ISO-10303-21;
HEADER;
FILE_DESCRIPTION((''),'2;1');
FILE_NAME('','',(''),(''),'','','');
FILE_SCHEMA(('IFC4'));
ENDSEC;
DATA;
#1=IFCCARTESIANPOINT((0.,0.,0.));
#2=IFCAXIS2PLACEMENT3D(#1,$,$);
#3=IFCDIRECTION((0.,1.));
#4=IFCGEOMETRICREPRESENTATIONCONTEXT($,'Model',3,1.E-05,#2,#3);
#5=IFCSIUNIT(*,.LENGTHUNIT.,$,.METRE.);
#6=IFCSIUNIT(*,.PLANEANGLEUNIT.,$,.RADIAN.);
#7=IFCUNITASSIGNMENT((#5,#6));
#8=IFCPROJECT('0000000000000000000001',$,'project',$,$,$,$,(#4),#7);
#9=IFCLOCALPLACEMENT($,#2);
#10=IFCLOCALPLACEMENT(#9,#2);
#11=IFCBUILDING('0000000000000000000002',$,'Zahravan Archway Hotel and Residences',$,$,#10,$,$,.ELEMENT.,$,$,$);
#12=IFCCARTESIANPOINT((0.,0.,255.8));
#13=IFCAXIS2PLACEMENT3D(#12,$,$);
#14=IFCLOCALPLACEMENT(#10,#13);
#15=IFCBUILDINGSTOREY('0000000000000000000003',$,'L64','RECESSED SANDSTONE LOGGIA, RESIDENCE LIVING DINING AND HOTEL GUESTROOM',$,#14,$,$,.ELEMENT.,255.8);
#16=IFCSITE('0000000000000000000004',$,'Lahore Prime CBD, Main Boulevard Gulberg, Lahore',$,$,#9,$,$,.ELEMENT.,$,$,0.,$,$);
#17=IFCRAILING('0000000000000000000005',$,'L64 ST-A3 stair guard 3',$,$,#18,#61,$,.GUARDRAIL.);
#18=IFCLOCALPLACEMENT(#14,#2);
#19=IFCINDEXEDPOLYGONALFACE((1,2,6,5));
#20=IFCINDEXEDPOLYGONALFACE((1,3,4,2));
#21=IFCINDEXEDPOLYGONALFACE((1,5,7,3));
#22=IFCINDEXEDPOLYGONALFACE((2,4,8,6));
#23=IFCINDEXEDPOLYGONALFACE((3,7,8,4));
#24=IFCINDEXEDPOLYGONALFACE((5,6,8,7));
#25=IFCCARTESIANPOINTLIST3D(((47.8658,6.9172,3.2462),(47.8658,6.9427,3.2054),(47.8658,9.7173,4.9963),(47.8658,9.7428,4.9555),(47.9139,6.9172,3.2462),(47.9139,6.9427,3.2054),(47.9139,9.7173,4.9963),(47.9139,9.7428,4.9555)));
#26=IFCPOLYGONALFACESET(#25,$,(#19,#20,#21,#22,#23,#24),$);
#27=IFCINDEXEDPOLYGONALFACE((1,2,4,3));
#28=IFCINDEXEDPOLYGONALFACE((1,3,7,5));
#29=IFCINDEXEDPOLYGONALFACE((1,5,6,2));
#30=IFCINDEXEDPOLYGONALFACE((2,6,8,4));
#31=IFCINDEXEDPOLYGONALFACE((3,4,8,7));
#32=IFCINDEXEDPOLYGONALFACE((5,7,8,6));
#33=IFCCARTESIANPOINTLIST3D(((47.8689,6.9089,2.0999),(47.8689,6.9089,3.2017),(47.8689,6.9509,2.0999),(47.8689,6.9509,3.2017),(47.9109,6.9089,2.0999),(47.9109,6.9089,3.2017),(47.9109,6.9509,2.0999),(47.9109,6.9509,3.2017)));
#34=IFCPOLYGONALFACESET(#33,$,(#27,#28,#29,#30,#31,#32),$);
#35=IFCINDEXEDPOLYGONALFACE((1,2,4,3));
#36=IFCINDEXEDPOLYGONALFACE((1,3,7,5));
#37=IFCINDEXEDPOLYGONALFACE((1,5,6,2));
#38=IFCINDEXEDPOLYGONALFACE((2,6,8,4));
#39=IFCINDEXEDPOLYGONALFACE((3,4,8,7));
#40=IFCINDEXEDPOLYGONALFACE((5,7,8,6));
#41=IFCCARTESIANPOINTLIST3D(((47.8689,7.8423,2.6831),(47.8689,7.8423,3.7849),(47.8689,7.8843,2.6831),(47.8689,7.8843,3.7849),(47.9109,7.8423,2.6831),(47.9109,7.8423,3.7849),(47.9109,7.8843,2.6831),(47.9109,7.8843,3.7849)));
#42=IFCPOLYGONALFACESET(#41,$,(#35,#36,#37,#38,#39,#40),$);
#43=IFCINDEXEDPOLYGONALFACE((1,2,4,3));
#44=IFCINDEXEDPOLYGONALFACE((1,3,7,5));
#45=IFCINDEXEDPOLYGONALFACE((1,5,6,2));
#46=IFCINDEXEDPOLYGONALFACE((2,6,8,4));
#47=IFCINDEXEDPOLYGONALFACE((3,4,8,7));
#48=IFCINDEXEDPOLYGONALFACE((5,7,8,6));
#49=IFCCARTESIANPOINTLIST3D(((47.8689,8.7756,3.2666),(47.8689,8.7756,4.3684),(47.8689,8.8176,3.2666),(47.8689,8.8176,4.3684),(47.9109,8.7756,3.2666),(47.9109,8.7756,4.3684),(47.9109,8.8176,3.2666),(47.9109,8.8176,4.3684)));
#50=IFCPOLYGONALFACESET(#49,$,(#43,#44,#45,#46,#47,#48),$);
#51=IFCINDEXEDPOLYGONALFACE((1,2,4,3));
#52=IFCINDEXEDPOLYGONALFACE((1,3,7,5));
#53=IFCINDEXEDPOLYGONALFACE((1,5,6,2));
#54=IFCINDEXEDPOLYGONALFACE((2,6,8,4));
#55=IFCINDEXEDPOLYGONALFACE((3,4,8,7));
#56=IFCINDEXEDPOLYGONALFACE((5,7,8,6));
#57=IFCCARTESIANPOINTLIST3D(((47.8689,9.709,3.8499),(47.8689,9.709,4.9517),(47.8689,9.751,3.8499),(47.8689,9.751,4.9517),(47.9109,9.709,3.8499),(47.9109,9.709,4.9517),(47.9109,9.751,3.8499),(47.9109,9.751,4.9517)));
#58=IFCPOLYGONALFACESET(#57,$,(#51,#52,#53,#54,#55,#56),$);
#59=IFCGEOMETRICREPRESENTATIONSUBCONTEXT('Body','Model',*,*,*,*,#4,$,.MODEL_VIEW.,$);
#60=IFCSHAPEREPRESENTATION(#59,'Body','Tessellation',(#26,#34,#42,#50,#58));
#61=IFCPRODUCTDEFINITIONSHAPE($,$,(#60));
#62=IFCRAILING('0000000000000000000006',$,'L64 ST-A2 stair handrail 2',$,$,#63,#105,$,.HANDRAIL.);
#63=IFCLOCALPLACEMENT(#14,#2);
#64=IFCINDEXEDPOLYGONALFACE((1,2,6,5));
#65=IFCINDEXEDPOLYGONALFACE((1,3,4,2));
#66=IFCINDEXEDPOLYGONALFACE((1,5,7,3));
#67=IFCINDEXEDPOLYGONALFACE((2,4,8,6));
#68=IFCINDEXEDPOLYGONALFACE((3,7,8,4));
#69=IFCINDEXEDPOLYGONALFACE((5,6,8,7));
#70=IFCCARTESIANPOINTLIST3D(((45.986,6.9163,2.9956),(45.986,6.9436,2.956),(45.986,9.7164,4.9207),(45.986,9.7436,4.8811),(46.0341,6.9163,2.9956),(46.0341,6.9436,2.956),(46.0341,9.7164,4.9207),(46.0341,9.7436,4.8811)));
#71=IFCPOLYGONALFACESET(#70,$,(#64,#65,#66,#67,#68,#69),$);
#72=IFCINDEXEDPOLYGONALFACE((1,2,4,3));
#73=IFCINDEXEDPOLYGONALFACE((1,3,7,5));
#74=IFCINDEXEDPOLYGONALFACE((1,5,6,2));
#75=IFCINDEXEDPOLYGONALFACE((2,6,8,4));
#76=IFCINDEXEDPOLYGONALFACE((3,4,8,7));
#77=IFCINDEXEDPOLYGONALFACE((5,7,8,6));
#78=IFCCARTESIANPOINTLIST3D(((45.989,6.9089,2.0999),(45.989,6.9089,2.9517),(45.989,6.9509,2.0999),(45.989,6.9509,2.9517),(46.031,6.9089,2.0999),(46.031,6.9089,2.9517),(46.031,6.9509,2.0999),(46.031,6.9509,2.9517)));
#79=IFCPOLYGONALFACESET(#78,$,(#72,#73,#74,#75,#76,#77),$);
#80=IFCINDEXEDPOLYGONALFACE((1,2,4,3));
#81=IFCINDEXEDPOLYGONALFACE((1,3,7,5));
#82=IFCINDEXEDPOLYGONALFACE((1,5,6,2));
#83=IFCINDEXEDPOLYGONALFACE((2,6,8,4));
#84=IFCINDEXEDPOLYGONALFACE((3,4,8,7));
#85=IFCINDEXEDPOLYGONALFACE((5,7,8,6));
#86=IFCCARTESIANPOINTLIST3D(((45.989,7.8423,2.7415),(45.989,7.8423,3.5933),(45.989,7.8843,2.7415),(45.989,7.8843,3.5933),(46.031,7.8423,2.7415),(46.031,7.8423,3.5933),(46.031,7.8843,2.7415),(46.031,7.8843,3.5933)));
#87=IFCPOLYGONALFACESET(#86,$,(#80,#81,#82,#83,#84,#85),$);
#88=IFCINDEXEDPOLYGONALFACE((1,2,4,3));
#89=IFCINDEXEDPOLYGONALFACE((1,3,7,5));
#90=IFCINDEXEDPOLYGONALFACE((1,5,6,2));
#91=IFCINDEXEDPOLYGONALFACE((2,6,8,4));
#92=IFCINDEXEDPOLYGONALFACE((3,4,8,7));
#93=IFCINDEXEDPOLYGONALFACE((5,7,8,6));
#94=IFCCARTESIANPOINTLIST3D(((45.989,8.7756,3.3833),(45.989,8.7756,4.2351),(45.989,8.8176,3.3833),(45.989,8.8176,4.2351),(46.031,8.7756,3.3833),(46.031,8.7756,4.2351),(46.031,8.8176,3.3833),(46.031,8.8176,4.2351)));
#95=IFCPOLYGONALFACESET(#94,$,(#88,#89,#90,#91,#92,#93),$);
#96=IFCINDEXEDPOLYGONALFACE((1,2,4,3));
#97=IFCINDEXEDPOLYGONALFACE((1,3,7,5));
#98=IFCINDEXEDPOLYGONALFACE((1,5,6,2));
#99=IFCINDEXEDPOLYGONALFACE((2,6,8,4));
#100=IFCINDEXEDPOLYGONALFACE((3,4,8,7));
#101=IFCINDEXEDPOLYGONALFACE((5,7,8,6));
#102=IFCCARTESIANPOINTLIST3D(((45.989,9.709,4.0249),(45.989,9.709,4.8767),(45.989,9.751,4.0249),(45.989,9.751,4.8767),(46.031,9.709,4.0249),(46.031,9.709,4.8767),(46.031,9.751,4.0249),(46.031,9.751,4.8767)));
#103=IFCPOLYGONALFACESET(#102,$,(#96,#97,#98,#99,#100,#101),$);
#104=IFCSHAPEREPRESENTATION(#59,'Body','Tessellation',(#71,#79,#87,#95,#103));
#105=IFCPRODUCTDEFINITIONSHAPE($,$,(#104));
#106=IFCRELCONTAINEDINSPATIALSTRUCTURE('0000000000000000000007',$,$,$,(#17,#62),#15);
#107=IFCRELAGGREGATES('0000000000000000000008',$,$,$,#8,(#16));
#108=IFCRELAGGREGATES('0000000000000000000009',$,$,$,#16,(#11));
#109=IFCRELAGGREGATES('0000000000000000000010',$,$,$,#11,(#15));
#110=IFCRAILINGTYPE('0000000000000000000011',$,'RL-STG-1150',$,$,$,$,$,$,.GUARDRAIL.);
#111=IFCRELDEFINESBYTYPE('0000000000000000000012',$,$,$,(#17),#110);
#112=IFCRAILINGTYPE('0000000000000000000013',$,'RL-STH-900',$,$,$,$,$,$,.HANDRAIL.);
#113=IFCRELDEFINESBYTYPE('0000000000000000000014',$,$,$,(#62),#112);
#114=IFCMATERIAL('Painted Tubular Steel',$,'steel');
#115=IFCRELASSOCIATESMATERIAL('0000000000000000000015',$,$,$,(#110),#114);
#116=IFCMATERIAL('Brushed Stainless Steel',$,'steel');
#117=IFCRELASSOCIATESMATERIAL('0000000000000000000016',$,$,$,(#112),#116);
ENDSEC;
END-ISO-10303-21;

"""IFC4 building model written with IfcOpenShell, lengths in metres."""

from ifc_helpers import new_model, si_unit, direction, frame, origin, origin_2d, place, context, subcontext, project, spatial, rectangle, extrude, material, type_object, element, save


model = new_model("IFC4")

# Units and contexts
model_context = context("Model", 3, precision=1e-05, world=origin(), true_north=direction((0.0, 1.0)))
body_context = subcontext(model_context, "Body", "Model", "MODEL_VIEW")
ifc_project = project(units=[si_unit("LENGTHUNIT", "METRE"), si_unit("PLANEANGLEUNIT", "RADIAN")], contexts=[model_context])

# Site, building, storey
site_placement = place(None, origin())
site = spatial("IfcSite", under=ifc_project, at=site_placement, Name="Lahore Prime CBD, Main Boulevard Gulberg, Lahore", CompositionType="ELEMENT", RefElevation=0.0)
building_placement = place(site_placement, origin())
building = spatial("IfcBuilding", under=site, at=building_placement, Name="Zahravan Archway Hotel and Residences", CompositionType="ELEMENT")
storey_placement = place(building_placement, frame((0.0, 0.0, 255.8)))
storey = spatial("IfcBuildingStorey", under=building, at=storey_placement, Name="L64", Description="RECESSED SANDSTONE LOGGIA, RESIDENCE LIVING DINING AND HOTEL GUESTROOM", CompositionType="ELEMENT", Elevation=255.8)

# Railings
ifc_material_1 = material(Name="Painted Tubular Steel", Category="steel")
railing_type_1 = type_object("IfcRailingType", Name="RL-STG-1150", PredefinedType="GUARDRAIL", material=ifc_material_1)
railing_1_placement = place(storey_placement, frame((47.8899, 6.9299, 2.0999)))
element("IfcRailing", 1, at=railing_1_placement, inside=storey, type_object=railing_type_1, Name="L64 ST-A3 stair guard 3", PredefinedType="GUARDRAIL", context=body_context, shape_type="SweptSolid", body=[
    extrude(rectangle(XDim=0.0481, YDim=0.0481, at=origin_2d()), frame((0.0, 0.0, 1.126), z_axis=(0.0, 0.848002, 0.529992), x_axis=(-1.0, 0.0, 0.0)), (0.0, 0.0, 1.0), 3.302),
    extrude(rectangle(XDim=0.042, YDim=0.042, at=origin_2d()), origin(), (0.0, 0.0, 1.0), 1.1018),
    extrude(rectangle(XDim=0.042, YDim=0.042, at=origin_2d()), frame((0.0, 0.9333, 0.5833)), (0.0, 0.0, 1.0), 1.1018),
    extrude(rectangle(XDim=0.042, YDim=0.042, at=origin_2d()), frame((0.0, 1.8667, 1.1667)), (0.0, 0.0, 1.0), 1.1018),
    extrude(rectangle(XDim=0.042, YDim=0.042, at=origin_2d()), frame((0.0, 2.8, 1.75)), (0.0, 0.0, 1.0), 1.1018),
])
ifc_material_2 = material(Name="Brushed Stainless Steel", Category="steel")
railing_type_2 = type_object("IfcRailingType", Name="RL-STH-900", PredefinedType="HANDRAIL", material=ifc_material_2)
railing_2_placement = place(storey_placement, frame((46.01, 6.9299, 2.0999)))
element("IfcRailing", 2, at=railing_2_placement, inside=storey, type_object=railing_type_2, Name="L64 ST-A2 stair handrail 2", PredefinedType="HANDRAIL", context=body_context, shape_type="SweptSolid", body=[
    extrude(rectangle(XDim=0.0481, YDim=0.0481, at=origin_2d()), frame((0.0, 0.0, 0.876), z_axis=(0.0, 0.82404, 0.566532), x_axis=(-1.0, 0.0, 0.0)), (0.0, 0.0, 1.0), 3.3979),
    extrude(rectangle(XDim=0.042, YDim=0.042, at=origin_2d()), origin(), (0.0, 0.0, 1.0), 0.8518),
    extrude(rectangle(XDim=0.042, YDim=0.042, at=origin_2d()), frame((0.0, 0.9333, 0.6416)), (0.0, 0.0, 1.0), 0.8518),
    extrude(rectangle(XDim=0.042, YDim=0.042, at=origin_2d()), frame((0.0, 1.8667, 1.2834)), (0.0, 0.0, 1.0), 0.8518),
    extrude(rectangle(XDim=0.042, YDim=0.042, at=origin_2d()), frame((0.0, 2.8, 1.925)), (0.0, 0.0, 1.0), 0.8518),
])

save(model, "model.ifc")
